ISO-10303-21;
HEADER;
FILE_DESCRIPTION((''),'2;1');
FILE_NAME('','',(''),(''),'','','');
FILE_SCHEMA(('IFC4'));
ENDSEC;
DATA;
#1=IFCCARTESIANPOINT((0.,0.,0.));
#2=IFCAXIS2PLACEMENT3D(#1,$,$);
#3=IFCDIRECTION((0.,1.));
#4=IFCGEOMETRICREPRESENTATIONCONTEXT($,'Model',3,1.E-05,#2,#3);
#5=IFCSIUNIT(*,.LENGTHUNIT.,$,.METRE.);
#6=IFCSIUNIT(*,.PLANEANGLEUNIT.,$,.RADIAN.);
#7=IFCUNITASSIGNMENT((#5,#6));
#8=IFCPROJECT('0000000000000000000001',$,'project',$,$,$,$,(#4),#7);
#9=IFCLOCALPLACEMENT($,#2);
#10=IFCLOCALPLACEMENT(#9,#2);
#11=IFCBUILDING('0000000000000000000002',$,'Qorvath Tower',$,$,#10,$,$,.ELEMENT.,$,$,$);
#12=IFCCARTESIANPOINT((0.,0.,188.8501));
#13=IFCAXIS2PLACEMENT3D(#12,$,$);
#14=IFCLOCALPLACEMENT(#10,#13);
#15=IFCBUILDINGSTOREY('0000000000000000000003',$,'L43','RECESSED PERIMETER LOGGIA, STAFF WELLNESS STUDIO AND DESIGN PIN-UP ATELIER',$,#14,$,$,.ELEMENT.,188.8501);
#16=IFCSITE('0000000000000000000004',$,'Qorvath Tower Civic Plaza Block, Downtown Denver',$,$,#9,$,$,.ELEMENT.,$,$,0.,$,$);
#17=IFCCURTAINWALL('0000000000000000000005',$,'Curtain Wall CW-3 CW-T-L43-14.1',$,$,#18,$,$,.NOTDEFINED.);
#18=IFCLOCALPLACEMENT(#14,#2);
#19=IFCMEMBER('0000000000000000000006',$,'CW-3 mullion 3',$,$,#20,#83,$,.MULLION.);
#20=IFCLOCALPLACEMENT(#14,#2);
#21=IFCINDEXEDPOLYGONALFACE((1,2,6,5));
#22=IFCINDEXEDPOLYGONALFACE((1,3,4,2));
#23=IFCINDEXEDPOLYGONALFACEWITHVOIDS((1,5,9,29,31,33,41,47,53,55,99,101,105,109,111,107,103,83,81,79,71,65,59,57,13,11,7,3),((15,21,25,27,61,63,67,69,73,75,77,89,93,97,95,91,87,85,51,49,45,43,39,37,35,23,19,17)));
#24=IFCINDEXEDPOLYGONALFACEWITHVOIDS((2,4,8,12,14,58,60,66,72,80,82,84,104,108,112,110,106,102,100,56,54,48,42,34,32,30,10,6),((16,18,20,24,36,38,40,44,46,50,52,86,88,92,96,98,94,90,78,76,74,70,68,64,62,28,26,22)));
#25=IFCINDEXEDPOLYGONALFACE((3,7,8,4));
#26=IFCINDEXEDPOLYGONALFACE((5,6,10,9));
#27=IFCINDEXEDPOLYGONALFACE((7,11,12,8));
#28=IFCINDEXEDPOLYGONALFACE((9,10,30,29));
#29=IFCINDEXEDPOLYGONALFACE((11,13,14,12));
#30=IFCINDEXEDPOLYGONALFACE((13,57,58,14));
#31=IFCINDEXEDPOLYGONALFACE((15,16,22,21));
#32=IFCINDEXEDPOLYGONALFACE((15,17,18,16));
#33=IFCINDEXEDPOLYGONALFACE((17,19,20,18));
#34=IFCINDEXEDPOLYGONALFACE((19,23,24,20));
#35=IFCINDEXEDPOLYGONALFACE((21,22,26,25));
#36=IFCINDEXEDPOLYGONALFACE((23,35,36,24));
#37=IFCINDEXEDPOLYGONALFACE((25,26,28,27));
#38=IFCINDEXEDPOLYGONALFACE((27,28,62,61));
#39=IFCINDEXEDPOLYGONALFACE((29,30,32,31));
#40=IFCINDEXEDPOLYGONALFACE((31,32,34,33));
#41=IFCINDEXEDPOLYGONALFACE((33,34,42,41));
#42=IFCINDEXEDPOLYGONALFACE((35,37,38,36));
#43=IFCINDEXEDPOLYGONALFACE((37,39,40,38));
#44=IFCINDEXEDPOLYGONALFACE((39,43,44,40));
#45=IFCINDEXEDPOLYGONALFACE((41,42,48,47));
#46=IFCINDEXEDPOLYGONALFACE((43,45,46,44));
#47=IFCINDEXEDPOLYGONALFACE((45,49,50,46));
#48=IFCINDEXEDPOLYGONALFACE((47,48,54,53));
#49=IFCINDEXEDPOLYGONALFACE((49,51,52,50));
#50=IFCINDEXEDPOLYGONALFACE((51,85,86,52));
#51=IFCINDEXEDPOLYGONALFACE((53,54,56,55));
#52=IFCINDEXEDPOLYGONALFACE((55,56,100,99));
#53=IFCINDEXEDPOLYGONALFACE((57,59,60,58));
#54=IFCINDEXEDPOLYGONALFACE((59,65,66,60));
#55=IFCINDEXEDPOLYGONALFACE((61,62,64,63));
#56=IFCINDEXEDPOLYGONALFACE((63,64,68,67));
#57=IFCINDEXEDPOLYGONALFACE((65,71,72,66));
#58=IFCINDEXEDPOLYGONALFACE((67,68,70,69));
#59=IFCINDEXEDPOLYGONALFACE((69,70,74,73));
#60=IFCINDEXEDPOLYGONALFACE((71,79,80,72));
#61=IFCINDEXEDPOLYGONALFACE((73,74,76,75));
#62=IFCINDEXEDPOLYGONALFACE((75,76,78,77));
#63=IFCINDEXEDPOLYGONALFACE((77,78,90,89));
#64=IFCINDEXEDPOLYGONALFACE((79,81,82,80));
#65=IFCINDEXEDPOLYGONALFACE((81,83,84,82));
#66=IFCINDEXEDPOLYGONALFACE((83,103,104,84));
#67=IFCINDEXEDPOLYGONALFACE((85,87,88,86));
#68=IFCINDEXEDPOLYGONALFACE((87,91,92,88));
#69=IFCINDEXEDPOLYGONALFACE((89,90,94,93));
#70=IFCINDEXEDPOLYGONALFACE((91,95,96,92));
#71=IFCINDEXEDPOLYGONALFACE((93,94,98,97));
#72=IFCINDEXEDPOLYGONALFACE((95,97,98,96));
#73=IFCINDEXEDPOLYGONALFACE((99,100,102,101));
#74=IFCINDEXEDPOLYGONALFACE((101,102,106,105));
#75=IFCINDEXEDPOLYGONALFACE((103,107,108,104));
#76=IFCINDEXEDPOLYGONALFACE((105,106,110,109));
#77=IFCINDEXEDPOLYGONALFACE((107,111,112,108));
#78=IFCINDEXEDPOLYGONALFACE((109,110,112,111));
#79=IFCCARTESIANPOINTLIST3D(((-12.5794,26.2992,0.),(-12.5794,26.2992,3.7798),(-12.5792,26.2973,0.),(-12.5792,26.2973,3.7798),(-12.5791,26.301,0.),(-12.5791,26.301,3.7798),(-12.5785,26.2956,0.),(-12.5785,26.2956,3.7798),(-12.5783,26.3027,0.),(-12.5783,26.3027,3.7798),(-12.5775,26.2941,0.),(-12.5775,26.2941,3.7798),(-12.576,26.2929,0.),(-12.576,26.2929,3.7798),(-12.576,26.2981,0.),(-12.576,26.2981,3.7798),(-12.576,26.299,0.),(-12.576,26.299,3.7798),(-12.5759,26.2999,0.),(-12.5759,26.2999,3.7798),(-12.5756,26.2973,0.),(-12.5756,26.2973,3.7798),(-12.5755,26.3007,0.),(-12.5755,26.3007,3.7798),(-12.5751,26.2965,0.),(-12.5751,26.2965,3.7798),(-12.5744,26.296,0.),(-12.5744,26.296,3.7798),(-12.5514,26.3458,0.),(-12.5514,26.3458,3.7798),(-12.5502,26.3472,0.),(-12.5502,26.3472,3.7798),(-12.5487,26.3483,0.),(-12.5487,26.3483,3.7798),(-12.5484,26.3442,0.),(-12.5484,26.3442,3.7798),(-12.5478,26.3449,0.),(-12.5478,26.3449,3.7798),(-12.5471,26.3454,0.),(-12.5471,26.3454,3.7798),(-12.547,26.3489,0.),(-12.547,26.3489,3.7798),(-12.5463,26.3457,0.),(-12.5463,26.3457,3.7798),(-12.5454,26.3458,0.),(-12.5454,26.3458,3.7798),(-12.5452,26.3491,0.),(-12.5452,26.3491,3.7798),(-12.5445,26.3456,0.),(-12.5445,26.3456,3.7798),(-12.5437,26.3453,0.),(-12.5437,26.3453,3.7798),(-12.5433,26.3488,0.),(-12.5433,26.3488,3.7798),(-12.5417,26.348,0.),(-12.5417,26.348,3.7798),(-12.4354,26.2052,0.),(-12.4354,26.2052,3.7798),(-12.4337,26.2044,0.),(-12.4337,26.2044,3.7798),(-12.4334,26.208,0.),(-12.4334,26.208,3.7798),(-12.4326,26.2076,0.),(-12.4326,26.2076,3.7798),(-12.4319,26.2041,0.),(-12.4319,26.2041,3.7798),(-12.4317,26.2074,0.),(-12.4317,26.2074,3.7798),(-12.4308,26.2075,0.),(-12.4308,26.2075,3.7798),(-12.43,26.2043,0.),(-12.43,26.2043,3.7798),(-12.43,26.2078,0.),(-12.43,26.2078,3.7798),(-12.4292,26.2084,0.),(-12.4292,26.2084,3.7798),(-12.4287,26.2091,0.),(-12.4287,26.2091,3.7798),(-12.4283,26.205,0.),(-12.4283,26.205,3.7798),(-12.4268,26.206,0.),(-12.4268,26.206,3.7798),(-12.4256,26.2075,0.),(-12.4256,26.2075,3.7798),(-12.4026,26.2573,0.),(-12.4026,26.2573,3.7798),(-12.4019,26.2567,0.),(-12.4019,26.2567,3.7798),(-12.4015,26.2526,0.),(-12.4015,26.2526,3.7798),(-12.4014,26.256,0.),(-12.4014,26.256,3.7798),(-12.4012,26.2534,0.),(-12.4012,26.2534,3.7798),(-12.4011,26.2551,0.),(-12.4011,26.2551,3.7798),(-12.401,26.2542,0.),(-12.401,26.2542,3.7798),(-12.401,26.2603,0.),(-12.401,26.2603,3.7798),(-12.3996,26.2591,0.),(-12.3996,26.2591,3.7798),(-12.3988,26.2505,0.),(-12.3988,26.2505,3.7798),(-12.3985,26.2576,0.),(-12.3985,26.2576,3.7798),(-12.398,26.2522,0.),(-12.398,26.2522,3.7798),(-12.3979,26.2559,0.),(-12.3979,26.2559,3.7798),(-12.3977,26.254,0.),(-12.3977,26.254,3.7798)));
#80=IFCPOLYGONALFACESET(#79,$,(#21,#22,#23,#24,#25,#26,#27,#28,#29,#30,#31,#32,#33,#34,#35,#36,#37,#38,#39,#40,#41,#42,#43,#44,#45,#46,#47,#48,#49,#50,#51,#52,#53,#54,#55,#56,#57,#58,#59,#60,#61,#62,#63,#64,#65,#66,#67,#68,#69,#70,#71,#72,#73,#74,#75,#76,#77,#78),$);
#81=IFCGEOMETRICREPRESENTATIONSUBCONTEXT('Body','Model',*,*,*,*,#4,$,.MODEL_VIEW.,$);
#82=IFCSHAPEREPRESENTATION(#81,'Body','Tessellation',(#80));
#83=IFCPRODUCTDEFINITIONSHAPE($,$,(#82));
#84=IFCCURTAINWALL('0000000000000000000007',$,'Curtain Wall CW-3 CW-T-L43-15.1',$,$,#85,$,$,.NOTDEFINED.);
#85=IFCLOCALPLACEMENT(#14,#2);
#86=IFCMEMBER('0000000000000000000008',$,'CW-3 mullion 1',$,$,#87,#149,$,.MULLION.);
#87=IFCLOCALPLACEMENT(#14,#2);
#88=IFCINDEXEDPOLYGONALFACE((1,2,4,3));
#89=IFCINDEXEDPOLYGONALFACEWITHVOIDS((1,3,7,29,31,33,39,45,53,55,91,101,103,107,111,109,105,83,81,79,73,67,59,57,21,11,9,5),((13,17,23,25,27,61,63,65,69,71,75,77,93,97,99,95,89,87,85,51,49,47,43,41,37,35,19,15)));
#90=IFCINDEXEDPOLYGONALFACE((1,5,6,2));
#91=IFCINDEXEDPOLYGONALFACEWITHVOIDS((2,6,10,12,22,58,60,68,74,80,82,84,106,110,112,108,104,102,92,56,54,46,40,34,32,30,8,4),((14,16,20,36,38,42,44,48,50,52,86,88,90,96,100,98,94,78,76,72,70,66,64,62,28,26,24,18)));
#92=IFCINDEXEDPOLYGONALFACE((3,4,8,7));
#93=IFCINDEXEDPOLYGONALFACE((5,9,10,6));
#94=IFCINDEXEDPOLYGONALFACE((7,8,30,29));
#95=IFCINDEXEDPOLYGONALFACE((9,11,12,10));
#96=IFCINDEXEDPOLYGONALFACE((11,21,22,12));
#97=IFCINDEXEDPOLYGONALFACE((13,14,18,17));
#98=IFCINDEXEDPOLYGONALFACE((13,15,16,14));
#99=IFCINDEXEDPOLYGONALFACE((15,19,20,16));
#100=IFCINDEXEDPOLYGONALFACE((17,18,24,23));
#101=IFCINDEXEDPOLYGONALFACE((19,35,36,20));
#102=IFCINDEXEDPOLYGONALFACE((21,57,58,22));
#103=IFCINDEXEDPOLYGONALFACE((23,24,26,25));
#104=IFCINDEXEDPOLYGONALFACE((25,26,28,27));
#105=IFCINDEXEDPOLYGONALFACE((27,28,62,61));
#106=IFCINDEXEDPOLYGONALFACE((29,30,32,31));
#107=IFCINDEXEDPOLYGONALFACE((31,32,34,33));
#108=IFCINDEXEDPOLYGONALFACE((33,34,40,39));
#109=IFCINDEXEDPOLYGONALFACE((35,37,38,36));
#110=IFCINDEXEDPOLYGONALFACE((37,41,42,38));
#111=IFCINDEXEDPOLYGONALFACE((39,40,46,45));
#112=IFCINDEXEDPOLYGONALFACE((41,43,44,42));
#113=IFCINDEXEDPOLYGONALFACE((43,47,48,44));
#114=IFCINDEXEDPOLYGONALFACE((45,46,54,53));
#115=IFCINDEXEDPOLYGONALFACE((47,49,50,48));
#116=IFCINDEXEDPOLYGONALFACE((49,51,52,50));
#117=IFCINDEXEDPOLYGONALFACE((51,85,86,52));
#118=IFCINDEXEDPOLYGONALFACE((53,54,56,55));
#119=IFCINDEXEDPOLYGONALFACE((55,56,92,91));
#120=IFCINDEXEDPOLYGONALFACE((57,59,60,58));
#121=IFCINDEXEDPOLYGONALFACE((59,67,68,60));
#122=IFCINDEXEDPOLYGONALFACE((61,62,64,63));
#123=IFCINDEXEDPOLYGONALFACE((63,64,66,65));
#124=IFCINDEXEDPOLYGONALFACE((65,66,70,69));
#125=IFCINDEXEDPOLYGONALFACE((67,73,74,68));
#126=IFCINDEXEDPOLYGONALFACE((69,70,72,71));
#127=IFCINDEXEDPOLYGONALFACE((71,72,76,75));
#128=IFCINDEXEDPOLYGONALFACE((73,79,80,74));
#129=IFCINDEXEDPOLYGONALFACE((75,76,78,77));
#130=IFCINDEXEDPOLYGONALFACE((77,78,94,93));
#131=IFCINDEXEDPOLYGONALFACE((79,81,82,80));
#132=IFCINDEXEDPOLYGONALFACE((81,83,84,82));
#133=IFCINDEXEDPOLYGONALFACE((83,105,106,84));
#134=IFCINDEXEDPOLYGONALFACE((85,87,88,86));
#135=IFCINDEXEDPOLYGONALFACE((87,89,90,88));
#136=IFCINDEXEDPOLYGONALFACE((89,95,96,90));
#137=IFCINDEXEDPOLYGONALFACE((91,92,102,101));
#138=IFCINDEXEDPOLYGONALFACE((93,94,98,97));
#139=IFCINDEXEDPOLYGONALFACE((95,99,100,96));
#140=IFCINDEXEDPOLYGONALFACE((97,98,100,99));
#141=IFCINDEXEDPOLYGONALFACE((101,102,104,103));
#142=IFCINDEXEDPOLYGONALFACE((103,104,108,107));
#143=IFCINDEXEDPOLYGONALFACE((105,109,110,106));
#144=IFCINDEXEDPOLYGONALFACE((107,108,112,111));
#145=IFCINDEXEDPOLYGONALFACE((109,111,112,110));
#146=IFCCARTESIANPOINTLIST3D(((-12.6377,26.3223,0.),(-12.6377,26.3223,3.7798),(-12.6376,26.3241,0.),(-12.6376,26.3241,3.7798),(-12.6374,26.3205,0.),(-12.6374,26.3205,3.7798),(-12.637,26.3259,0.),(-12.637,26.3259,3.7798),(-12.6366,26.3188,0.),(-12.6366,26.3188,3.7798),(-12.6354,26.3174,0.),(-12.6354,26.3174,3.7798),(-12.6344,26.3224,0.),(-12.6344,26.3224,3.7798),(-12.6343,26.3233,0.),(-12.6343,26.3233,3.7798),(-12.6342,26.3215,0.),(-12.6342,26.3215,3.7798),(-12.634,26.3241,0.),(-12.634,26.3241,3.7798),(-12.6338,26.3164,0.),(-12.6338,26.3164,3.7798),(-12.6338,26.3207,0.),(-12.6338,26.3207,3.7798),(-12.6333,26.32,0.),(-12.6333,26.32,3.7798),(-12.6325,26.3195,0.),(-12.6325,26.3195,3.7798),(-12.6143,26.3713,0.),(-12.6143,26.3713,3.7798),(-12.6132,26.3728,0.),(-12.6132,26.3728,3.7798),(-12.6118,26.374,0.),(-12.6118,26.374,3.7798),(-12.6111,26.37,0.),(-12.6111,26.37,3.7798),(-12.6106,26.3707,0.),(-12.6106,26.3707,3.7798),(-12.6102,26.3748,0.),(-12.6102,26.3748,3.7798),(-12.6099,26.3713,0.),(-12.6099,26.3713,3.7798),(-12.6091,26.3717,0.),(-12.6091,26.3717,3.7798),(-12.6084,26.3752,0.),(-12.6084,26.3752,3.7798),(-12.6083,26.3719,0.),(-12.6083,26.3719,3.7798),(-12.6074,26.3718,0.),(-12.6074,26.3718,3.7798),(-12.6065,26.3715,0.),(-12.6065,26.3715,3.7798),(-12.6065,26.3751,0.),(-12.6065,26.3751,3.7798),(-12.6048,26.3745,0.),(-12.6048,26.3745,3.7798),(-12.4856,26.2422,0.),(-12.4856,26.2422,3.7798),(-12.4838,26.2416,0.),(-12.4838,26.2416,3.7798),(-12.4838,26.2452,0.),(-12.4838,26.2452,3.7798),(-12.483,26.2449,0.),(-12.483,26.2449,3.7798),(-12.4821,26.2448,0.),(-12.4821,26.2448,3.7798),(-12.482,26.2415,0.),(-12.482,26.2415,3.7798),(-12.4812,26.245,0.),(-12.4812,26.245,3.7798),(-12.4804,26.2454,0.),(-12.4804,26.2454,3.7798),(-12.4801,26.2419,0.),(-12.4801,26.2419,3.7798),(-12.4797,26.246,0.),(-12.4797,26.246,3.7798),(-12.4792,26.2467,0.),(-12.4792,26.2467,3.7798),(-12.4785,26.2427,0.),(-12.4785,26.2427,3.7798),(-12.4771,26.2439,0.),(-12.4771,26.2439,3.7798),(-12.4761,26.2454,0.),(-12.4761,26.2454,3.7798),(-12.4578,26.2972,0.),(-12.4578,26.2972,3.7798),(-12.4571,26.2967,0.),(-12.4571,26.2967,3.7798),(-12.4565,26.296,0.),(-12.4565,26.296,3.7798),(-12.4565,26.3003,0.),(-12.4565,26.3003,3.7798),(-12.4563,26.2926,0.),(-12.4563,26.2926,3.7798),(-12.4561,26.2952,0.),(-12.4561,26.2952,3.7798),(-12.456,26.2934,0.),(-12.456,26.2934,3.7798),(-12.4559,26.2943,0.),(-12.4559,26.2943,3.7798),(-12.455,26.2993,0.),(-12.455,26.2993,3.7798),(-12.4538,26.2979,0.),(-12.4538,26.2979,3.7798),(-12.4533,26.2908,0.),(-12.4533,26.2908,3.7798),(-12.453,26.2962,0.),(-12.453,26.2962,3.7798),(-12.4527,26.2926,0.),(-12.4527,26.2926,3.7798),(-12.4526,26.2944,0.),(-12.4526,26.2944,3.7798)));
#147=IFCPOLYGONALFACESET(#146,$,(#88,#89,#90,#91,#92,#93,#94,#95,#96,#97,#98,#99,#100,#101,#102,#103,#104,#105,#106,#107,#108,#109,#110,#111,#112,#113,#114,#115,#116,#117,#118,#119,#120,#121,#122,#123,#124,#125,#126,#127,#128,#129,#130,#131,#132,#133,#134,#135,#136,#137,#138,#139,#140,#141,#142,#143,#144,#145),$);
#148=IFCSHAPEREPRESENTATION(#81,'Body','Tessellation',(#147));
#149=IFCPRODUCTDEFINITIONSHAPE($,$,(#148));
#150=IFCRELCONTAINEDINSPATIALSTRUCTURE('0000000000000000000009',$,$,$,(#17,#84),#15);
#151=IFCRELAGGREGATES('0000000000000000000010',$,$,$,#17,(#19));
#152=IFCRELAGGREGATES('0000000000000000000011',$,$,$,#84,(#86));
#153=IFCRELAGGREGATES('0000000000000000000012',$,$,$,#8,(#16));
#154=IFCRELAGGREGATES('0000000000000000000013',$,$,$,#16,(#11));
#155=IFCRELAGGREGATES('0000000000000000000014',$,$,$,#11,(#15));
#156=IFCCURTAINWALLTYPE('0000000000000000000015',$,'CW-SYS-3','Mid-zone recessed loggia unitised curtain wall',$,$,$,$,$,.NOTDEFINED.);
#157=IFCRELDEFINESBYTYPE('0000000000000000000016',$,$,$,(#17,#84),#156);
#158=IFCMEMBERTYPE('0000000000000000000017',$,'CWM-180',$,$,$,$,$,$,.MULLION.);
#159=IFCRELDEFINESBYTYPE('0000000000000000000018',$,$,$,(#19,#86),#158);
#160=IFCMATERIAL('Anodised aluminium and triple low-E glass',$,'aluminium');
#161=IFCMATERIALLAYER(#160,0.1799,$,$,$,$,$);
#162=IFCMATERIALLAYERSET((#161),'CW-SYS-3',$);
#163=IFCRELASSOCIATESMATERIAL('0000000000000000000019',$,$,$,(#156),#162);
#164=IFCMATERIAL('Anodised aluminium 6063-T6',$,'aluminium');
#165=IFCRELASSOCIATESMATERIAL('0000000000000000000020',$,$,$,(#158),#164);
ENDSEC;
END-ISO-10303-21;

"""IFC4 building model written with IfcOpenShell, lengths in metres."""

from ifc_helpers import new_model, si_unit, direction, frame, origin, origin_2d, place, context, subcontext, project, spatial, hollow_rectangle, extrude, material, layer, layer_set, material_profile, profile_set, type_object, element, aggregate, save


model = new_model("IFC4")

# Units and contexts
model_context = context("Model", 3, precision=1e-05, world=origin(), true_north=direction((0.0, 1.0)))
body_context = subcontext(model_context, "Body", "Model", "MODEL_VIEW")
ifc_project = project(units=[si_unit("LENGTHUNIT", "METRE"), si_unit("PLANEANGLEUNIT", "RADIAN")], contexts=[model_context])

# Site, building, storey
site_placement = place(None, origin())
site = spatial("IfcSite", under=ifc_project, at=site_placement, Name="Qorvath Tower Civic Plaza Block, Downtown Denver", CompositionType="ELEMENT", RefElevation=0.0)
building_placement = place(site_placement, origin())
building = spatial("IfcBuilding", under=site, at=building_placement, Name="Qorvath Tower", CompositionType="ELEMENT")
storey_placement = place(building_placement, frame((0.0, 0.0, 188.8501)))
storey = spatial("IfcBuildingStorey", under=building, at=storey_placement, Name="L43", Description="RECESSED PERIMETER LOGGIA, STAFF WELLNESS STUDIO AND DESIGN PIN-UP ATELIER", CompositionType="ELEMENT", Elevation=188.8501)

# Shared definitions
ifc_material_1 = material(Name="Anodised aluminium and triple low-E glass", Category="aluminium")
ifc_layer_1 = layer(ifc_material_1, 0.1799)
ifc_layer_set_1 = layer_set([ifc_layer_1], Name="CW-SYS-3")
curtain_wall_type = type_object("IfcCurtainWallType", Name="CW-SYS-3", Description="Mid-zone recessed loggia unitised curtain wall", PredefinedType="NOTDEFINED", material=ifc_layer_set_1)
ifc_material_2 = material(Name="Anodised aluminium 6063-T6", Category="aluminium")
ifc_material_profile_1 = material_profile(ifc_material_2, hollow_rectangle(XDim=0.0649, YDim=0.1799, WallThickness=0.0034, InnerFilletRadius=0.0034, OuterFilletRadius=0.0071, at=origin_2d()), Name="CWM 180x65")
ifc_profile_set_1 = profile_set([ifc_material_profile_1], Name="Anodised aluminium 6063-T6")
member_type_1 = type_object("IfcMemberType", Name="CWM-180", PredefinedType="MULLION", material=ifc_profile_set_1)

# Curtain walls, members
curtain_wall_1_placement = place(storey_placement, origin())
curtain_wall_1 = element("IfcCurtainWall", 1, at=curtain_wall_1_placement, inside=storey, type_object=curtain_wall_type, Name="Curtain Wall CW-3 CW-T-L43-14.1", PredefinedType="NOTDEFINED")
member_1_placement = place(storey_placement, frame((-12.4885, 26.2766, 0.0), z_axis=(0.0, 0.0, 1.0), x_axis=(-0.529252, -0.848464, 0.0)))
member_1 = element("IfcMember", 2, at=member_1_placement, type_object=member_type_1, Name="CW-3 mullion 3", PredefinedType="MULLION", context=body_context, shape_type="SweptSolid", body=[
    extrude(hollow_rectangle(XDim=0.0649, YDim=0.1799, WallThickness=0.0034, InnerFilletRadius=0.0034, OuterFilletRadius=0.0071, at=origin_2d()), origin(), (0.0, 0.0, 1.0), 3.7798),
])
curtain_wall_2_placement = place(storey_placement, origin())
curtain_wall_2 = element("IfcCurtainWall", 3, at=curtain_wall_2_placement, inside=storey, type_object=curtain_wall_type, Name="Curtain Wall CW-3 CW-T-L43-15.1", PredefinedType="NOTDEFINED")
member_2_placement = place(storey_placement, frame((-12.5452, 26.3083, 0.0), z_axis=(0.0, 0.0, 1.0), x_axis=(-0.447196, -0.894436, 0.0)))
member_2 = element("IfcMember", 4, at=member_2_placement, type_object=member_type_1, Name="CW-3 mullion 1", PredefinedType="MULLION", context=body_context, shape_type="SweptSolid", body=[
    extrude(hollow_rectangle(XDim=0.0649, YDim=0.1799, WallThickness=0.0034, InnerFilletRadius=0.0034, OuterFilletRadius=0.0071, at=origin_2d()), origin(), (0.0, 0.0, 1.0), 3.7798),
])

aggregate(curtain_wall_1, [member_1])
aggregate(curtain_wall_2, [member_2])

save(model, "model.ifc")
